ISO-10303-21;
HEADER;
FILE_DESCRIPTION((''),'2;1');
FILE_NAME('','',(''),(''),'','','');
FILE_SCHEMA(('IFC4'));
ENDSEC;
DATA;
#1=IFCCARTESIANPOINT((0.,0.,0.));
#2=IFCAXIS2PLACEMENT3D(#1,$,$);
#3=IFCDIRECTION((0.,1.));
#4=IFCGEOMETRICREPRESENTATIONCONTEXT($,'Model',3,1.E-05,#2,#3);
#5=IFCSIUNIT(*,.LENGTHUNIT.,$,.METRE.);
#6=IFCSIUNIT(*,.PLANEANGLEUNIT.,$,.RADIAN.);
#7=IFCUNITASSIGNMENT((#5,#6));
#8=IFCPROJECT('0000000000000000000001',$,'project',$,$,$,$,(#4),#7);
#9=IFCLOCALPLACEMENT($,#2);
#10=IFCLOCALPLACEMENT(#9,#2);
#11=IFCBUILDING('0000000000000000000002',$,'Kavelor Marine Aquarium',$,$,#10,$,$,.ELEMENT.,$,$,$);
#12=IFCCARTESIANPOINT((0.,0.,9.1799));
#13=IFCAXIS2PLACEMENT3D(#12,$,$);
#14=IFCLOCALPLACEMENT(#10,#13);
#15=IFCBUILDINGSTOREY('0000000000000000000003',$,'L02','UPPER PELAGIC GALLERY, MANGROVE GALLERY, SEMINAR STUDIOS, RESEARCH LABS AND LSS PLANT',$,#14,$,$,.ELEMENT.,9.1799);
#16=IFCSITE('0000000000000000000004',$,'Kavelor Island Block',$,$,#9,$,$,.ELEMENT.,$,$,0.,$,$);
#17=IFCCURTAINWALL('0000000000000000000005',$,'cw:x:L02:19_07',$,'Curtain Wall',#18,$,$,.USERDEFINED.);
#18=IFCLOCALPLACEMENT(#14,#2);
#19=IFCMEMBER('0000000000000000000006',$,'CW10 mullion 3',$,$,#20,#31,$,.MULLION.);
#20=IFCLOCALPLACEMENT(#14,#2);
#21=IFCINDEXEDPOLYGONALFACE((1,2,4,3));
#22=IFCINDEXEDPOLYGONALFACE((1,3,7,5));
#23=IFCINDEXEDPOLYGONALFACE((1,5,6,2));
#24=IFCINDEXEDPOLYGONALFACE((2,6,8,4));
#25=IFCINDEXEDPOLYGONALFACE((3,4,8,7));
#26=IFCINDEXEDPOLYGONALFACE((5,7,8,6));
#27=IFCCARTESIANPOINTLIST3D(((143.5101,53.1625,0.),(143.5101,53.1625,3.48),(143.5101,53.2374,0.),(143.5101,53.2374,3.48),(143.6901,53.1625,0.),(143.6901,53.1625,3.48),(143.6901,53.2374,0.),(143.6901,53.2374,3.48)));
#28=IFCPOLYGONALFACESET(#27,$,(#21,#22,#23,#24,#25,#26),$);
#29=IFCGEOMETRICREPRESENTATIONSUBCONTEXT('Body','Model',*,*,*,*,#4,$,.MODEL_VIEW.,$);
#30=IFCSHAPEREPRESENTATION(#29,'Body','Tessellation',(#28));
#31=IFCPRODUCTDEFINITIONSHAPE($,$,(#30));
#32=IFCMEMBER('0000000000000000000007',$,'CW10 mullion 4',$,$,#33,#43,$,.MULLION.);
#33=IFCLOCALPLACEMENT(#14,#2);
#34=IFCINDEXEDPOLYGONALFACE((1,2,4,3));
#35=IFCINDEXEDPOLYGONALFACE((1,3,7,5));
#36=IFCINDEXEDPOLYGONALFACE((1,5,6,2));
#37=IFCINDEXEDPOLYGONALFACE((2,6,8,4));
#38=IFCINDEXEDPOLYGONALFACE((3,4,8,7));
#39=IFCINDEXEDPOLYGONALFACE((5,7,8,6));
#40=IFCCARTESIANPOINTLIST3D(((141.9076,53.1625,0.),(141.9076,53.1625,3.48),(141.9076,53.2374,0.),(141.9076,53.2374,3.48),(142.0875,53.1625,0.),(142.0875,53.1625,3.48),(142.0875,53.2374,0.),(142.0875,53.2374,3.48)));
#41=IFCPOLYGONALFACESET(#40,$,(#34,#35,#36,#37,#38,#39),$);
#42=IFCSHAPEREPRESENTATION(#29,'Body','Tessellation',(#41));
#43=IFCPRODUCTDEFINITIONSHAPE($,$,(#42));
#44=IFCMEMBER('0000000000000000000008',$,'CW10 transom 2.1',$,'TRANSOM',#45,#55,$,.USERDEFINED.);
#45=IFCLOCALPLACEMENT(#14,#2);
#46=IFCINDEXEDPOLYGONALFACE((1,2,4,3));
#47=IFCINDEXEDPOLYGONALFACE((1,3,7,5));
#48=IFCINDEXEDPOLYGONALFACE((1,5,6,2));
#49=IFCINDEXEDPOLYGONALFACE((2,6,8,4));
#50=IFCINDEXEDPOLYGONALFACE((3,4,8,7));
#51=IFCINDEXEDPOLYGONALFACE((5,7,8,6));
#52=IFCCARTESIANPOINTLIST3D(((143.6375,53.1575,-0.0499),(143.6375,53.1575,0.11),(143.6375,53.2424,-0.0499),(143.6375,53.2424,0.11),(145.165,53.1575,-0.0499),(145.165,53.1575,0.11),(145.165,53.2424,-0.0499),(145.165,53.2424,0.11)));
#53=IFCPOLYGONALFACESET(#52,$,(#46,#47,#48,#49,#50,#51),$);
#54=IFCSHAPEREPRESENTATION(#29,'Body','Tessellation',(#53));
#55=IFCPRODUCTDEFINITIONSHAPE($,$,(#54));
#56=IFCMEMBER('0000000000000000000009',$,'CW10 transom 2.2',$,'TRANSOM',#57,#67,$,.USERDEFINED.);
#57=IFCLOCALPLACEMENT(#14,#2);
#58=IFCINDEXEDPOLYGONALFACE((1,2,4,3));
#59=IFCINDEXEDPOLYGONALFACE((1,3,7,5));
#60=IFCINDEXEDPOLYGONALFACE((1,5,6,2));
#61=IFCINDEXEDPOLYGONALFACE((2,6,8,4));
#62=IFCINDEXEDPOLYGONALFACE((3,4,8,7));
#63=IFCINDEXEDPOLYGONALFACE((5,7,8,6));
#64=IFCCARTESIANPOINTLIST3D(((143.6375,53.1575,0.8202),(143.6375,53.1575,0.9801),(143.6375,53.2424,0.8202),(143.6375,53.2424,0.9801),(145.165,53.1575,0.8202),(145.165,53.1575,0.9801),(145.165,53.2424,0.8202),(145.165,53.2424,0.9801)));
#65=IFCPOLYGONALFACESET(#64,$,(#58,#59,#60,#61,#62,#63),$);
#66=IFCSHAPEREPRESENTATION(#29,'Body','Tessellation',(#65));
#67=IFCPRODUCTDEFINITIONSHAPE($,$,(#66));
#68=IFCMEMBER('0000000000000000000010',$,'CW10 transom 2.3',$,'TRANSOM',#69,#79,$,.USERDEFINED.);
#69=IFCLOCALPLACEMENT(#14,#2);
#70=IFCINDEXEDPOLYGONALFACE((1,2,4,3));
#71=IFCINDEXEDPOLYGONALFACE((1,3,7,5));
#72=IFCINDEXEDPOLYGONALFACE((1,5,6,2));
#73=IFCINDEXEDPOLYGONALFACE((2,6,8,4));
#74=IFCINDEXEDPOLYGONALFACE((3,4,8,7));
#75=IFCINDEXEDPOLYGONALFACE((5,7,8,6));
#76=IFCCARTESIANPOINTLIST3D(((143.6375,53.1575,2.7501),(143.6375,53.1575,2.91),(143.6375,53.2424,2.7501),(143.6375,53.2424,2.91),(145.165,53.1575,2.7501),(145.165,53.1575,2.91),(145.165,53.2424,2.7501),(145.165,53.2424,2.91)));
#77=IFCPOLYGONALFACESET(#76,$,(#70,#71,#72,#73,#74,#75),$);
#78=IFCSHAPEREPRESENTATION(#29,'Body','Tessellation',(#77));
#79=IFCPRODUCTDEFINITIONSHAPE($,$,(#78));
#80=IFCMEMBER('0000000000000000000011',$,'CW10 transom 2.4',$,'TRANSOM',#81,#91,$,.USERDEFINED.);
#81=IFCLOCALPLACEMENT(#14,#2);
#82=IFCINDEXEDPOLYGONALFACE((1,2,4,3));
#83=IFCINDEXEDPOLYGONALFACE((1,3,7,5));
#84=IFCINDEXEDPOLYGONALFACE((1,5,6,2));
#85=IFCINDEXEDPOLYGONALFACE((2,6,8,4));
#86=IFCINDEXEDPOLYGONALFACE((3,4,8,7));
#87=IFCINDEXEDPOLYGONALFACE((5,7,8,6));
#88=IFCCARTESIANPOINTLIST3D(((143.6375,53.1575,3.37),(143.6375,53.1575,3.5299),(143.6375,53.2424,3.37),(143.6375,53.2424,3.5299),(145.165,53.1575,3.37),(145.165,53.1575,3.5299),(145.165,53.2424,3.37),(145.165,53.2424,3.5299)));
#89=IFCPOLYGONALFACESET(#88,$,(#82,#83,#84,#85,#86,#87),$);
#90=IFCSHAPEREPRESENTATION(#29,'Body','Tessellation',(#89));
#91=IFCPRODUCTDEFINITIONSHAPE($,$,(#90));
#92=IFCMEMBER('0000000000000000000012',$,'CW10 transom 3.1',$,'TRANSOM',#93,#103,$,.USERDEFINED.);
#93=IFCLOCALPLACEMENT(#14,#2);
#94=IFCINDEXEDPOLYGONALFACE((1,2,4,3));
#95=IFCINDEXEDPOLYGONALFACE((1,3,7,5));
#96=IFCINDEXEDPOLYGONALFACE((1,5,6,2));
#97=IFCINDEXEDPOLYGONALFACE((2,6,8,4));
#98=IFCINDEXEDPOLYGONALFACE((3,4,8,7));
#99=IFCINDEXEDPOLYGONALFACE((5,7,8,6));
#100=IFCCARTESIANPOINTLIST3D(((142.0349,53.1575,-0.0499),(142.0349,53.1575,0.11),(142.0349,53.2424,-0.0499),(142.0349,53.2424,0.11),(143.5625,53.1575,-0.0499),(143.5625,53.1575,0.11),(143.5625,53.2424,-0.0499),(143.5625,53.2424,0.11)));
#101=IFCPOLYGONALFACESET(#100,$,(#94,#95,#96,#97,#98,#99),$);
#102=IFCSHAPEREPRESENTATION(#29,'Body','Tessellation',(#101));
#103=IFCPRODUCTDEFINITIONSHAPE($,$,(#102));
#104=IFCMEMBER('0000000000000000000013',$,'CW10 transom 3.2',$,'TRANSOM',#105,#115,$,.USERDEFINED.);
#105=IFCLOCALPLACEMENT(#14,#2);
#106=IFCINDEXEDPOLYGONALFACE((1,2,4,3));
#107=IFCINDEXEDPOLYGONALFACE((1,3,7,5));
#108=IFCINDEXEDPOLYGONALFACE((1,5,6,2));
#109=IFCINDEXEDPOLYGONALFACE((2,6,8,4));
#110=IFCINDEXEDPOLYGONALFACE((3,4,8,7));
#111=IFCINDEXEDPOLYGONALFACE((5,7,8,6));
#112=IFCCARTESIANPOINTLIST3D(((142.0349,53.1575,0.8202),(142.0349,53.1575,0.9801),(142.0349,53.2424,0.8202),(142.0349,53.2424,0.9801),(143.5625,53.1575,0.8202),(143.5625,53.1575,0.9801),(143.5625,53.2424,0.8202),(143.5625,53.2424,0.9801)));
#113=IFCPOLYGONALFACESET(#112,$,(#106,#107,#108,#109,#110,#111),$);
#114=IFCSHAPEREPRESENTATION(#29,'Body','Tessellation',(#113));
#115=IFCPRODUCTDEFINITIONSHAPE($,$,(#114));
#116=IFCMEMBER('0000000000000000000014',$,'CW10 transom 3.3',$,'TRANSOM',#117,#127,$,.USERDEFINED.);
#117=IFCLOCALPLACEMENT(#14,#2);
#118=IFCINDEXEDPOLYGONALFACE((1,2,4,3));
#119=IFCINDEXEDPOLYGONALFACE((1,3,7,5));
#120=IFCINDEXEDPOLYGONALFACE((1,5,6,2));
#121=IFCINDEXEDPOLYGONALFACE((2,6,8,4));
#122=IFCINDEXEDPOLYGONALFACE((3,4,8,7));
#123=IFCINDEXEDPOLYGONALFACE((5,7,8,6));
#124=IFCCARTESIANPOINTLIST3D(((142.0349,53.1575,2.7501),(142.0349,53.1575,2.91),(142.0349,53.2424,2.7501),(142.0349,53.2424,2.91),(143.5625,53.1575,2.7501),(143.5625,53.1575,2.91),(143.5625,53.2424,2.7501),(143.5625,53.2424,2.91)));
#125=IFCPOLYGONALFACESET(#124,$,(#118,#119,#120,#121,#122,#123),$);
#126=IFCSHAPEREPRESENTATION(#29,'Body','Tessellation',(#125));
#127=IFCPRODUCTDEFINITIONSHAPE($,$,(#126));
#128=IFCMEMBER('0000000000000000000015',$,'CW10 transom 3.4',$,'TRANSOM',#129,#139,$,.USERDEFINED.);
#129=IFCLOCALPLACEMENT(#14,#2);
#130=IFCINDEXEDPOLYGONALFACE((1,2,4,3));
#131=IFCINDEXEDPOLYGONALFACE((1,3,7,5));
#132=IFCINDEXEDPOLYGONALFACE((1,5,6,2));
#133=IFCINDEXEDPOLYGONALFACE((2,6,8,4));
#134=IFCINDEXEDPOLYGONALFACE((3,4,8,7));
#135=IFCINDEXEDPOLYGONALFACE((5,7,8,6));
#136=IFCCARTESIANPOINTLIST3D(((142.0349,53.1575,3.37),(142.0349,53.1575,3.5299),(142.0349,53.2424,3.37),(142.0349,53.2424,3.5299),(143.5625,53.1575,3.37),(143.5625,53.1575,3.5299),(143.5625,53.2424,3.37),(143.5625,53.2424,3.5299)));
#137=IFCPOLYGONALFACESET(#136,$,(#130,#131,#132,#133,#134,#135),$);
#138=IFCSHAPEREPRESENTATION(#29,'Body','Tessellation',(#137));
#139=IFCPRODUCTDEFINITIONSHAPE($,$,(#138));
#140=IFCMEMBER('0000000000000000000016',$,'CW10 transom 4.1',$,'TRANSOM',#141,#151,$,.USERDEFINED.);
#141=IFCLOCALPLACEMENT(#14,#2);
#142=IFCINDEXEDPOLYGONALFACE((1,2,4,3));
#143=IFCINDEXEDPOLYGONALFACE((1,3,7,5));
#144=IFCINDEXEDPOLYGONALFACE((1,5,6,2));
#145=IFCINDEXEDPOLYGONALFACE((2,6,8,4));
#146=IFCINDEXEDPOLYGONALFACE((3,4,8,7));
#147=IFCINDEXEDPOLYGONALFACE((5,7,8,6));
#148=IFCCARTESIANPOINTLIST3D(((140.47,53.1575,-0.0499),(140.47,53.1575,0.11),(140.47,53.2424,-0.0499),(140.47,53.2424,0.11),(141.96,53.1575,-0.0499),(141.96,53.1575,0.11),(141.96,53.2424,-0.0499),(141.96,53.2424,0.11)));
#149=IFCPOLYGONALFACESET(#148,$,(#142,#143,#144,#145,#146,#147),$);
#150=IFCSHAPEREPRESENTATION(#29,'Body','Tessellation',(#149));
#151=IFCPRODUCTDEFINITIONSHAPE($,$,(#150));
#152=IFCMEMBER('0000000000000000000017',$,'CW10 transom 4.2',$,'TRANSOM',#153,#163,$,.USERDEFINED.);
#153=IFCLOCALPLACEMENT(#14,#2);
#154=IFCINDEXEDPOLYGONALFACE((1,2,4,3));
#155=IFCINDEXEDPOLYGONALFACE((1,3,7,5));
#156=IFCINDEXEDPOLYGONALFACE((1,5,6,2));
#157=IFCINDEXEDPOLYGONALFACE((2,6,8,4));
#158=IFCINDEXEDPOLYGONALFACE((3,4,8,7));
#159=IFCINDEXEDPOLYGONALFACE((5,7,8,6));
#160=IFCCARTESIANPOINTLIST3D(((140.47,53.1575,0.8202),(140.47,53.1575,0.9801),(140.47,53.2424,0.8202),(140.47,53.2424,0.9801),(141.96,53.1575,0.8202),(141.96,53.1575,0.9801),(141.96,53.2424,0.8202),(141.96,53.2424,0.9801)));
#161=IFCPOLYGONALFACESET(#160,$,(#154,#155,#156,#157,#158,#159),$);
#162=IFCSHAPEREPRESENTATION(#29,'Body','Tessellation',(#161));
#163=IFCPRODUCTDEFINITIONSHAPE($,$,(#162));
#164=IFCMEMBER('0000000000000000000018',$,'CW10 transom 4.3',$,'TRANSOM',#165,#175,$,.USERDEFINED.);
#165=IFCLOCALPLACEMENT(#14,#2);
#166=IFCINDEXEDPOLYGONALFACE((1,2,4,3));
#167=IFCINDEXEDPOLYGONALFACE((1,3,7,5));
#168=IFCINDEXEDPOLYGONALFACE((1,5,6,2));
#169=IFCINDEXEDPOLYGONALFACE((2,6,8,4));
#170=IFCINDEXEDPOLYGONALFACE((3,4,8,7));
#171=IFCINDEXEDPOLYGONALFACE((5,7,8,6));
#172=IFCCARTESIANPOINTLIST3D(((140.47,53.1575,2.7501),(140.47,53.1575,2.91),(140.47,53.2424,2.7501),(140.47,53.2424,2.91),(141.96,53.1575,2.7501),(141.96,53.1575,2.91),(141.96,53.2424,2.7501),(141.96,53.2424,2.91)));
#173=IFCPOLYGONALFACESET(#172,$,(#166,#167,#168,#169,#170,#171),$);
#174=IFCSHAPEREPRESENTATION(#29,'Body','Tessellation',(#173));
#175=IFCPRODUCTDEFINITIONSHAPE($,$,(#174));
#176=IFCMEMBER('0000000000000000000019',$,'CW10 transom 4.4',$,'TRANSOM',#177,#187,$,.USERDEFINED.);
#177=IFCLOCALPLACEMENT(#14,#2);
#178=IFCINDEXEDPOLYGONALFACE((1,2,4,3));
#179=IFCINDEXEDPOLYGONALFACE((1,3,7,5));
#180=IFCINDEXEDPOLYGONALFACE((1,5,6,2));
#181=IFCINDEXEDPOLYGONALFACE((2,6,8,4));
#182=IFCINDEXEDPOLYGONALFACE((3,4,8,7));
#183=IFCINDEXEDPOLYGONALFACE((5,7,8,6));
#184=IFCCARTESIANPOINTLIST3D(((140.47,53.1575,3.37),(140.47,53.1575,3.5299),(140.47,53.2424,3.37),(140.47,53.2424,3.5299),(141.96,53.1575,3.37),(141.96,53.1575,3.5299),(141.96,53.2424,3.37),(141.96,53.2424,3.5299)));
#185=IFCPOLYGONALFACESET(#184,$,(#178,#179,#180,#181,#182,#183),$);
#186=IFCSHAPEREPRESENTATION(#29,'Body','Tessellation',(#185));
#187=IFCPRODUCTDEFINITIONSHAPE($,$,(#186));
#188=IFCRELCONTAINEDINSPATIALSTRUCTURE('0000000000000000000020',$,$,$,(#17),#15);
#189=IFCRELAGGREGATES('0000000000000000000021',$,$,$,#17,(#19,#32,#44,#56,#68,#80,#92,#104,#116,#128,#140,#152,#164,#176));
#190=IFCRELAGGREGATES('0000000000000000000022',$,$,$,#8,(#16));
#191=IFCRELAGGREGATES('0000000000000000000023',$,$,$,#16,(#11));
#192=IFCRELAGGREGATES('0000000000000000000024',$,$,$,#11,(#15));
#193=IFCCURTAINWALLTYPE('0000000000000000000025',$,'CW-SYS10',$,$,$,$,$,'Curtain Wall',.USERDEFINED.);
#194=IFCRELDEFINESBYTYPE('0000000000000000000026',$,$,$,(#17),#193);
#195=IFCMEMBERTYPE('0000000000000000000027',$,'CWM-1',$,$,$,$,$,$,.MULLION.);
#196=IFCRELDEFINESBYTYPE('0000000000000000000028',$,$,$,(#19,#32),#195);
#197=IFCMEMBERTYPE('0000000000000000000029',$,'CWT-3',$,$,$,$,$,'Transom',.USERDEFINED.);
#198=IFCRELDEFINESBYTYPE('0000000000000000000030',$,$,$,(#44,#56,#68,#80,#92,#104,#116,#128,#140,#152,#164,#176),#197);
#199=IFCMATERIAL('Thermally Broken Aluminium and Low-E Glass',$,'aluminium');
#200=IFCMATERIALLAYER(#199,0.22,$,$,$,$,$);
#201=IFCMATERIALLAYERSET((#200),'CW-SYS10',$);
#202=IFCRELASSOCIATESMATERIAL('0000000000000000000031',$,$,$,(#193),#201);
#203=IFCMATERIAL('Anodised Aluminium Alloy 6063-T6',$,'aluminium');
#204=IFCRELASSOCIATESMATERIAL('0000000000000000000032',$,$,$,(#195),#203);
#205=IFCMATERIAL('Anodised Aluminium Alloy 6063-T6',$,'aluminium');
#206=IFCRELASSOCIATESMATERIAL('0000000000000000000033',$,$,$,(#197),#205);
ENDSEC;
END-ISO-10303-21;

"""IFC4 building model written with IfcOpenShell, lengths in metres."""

from ifc_helpers import new_model, si_unit, direction, frame, origin, origin_2d, place, context, subcontext, project, spatial, rectangle, extrude, material, layer, layer_set, material_profile, profile_set, type_object, element, aggregate, save


model = new_model("IFC4")

# Units and contexts
model_context = context("Model", 3, precision=1e-05, world=origin(), true_north=direction((0.0, 1.0)))
body_context = subcontext(model_context, "Body", "Model", "MODEL_VIEW")
ifc_project = project(units=[si_unit("LENGTHUNIT", "METRE"), si_unit("PLANEANGLEUNIT", "RADIAN")], contexts=[model_context])

# Site, building, storey
site_placement = place(None, origin())
site = spatial("IfcSite", under=ifc_project, at=site_placement, Name="Kavelor Island Block", CompositionType="ELEMENT", RefElevation=0.0)
building_placement = place(site_placement, origin())
building = spatial("IfcBuilding", under=site, at=building_placement, Name="Kavelor Marine Aquarium", CompositionType="ELEMENT")
storey_placement = place(building_placement, frame((0.0, 0.0, 9.1799)))
storey = spatial("IfcBuildingStorey", under=building, at=storey_placement, Name="L02", Description="UPPER PELAGIC GALLERY, MANGROVE GALLERY, SEMINAR STUDIOS, RESEARCH LABS AND LSS PLANT", CompositionType="ELEMENT", Elevation=9.1799)

# Curtain wall, members
ifc_material_1 = material(Name="Thermally Broken Aluminium and Low-E Glass", Category="aluminium")
ifc_layer_1 = layer(ifc_material_1, 0.22)
ifc_layer_set_1 = layer_set([ifc_layer_1], Name="CW-SYS10")
curtain_wall_type = type_object("IfcCurtainWallType", Name="CW-SYS10", ElementType="Curtain Wall", PredefinedType="USERDEFINED", material=ifc_layer_set_1)
curtain_wall_placement = place(storey_placement, origin())
curtain_wall = element("IfcCurtainWall", 1, at=curtain_wall_placement, inside=storey, type_object=curtain_wall_type, Name="cw:x:L02:19_07", ObjectType="Curtain Wall", PredefinedType="USERDEFINED")
ifc_material_2 = material(Name="Anodised Aluminium Alloy 6063-T6", Category="aluminium")
ifc_material_profile_1 = material_profile(ifc_material_2, rectangle(XDim=0.075, YDim=0.1799, at=origin_2d()), Name="CW-MUL 75x180")
ifc_profile_set_1 = profile_set([ifc_material_profile_1], Name="Anodised Aluminium Alloy 6063-T6")
member_type_1 = type_object("IfcMemberType", Name="CWM-1", PredefinedType="MULLION", material=ifc_profile_set_1)
member_1_placement = place(storey_placement, frame((143.6001, 53.2, 0.0), z_axis=(0.0, 0.0, 1.0), x_axis=(0.0, -1.0, 0.0)))
member_1 = element("IfcMember", 2, at=member_1_placement, type_object=member_type_1, Name="CW10 mullion 3", PredefinedType="MULLION", context=body_context, shape_type="SweptSolid", body=[
    extrude(rectangle(XDim=0.075, YDim=0.1799, at=origin_2d()), origin(), (0.0, 0.0, 1.0), 3.48),
])
member_2_placement = place(storey_placement, frame((141.9976, 53.2, 0.0), z_axis=(0.0, 0.0, 1.0), x_axis=(0.0, -1.0, 0.0)))
member_2 = element("IfcMember", 3, at=member_2_placement, type_object=member_type_1, Name="CW10 mullion 4", PredefinedType="MULLION", context=body_context, shape_type="SweptSolid", body=[
    extrude(rectangle(XDim=0.075, YDim=0.1799, at=origin_2d()), origin(), (0.0, 0.0, 1.0), 3.48),
])
ifc_material_3 = material(Name="Anodised Aluminium Alloy 6063-T6", Category="aluminium")
ifc_material_profile_2 = material_profile(ifc_material_3, rectangle(XDim=0.085, YDim=0.1599, at=origin_2d()), Name="CW-TRN 85x160")
ifc_profile_set_2 = profile_set([ifc_material_profile_2], Name="Anodised Aluminium Alloy 6063-T6")
member_type_2 = type_object("IfcMemberType", Name="CWT-3", ElementType="Transom", PredefinedType="USERDEFINED", material=ifc_profile_set_2)
member_3_placement = place(storey_placement, frame((145.165, 53.2, 0.03), z_axis=(-1.0, 0.0, 0.0), x_axis=(0.0, -1.0, 0.0)))
member_3 = element("IfcMember", 4, at=member_3_placement, type_object=member_type_2, Name="CW10 transom 2.1", ObjectType="TRANSOM", PredefinedType="USERDEFINED", context=body_context, shape_type="SweptSolid", body=[
    extrude(rectangle(XDim=0.085, YDim=0.1599, at=origin_2d()), origin(), (0.0, 0.0, 1.0), 1.5276),
])
member_4_placement = place(storey_placement, frame((145.165, 53.2, 0.9001), z_axis=(-1.0, 0.0, 0.0), x_axis=(0.0, -1.0, 0.0)))
member_4 = element("IfcMember", 5, at=member_4_placement, type_object=member_type_2, Name="CW10 transom 2.2", ObjectType="TRANSOM", PredefinedType="USERDEFINED", context=body_context, shape_type="SweptSolid", body=[
    extrude(rectangle(XDim=0.085, YDim=0.1599, at=origin_2d()), origin(), (0.0, 0.0, 1.0), 1.5276),
])
member_5_placement = place(storey_placement, frame((145.165, 53.2, 2.8301), z_axis=(-1.0, 0.0, 0.0), x_axis=(0.0, -1.0, 0.0)))
member_5 = element("IfcMember", 6, at=member_5_placement, type_object=member_type_2, Name="CW10 transom 2.3", ObjectType="TRANSOM", PredefinedType="USERDEFINED", context=body_context, shape_type="SweptSolid", body=[
    extrude(rectangle(XDim=0.085, YDim=0.1599, at=origin_2d()), origin(), (0.0, 0.0, 1.0), 1.5276),
])
member_6_placement = place(storey_placement, frame((145.165, 53.2, 3.45), z_axis=(-1.0, 0.0, 0.0), x_axis=(0.0, -1.0, 0.0)))
member_6 = element("IfcMember", 7, at=member_6_placement, type_object=member_type_2, Name="CW10 transom 2.4", ObjectType="TRANSOM", PredefinedType="USERDEFINED", context=body_context, shape_type="SweptSolid", body=[
    extrude(rectangle(XDim=0.085, YDim=0.1599, at=origin_2d()), origin(), (0.0, 0.0, 1.0), 1.5276),
])
member_7_placement = place(storey_placement, frame((143.5625, 53.2, 0.03), z_axis=(-1.0, 0.0, 0.0), x_axis=(0.0, -1.0, 0.0)))
member_7 = element("IfcMember", 8, at=member_7_placement, type_object=member_type_2, Name="CW10 transom 3.1", ObjectType="TRANSOM", PredefinedType="USERDEFINED", context=body_context, shape_type="SweptSolid", body=[
    extrude(rectangle(XDim=0.085, YDim=0.1599, at=origin_2d()), origin(), (0.0, 0.0, 1.0), 1.5276),
])
member_8_placement = place(storey_placement, frame((143.5625, 53.2, 0.9001), z_axis=(-1.0, 0.0, 0.0), x_axis=(0.0, -1.0, 0.0)))
member_8 = element("IfcMember", 9, at=member_8_placement, type_object=member_type_2, Name="CW10 transom 3.2", ObjectType="TRANSOM", PredefinedType="USERDEFINED", context=body_context, shape_type="SweptSolid", body=[
    extrude(rectangle(XDim=0.085, YDim=0.1599, at=origin_2d()), origin(), (0.0, 0.0, 1.0), 1.5276),
])
member_9_placement = place(storey_placement, frame((143.5625, 53.2, 2.8301), z_axis=(-1.0, 0.0, 0.0), x_axis=(0.0, -1.0, 0.0)))
member_9 = element("IfcMember", 10, at=member_9_placement, type_object=member_type_2, Name="CW10 transom 3.3", ObjectType="TRANSOM", PredefinedType="USERDEFINED", context=body_context, shape_type="SweptSolid", body=[
    extrude(rectangle(XDim=0.085, YDim=0.1599, at=origin_2d()), origin(), (0.0, 0.0, 1.0), 1.5276),
])
member_10_placement = place(storey_placement, frame((143.5625, 53.2, 3.45), z_axis=(-1.0, 0.0, 0.0), x_axis=(0.0, -1.0, 0.0)))
member_10 = element("IfcMember", 11, at=member_10_placement, type_object=member_type_2, Name="CW10 transom 3.4", ObjectType="TRANSOM", PredefinedType="USERDEFINED", context=body_context, shape_type="SweptSolid", body=[
    extrude(rectangle(XDim=0.085, YDim=0.1599, at=origin_2d()), origin(), (0.0, 0.0, 1.0), 1.5276),
])
member_11_placement = place(storey_placement, frame((141.96, 53.2, 0.03), z_axis=(-1.0, 0.0, 0.0), x_axis=(0.0, -1.0, 0.0)))
member_11 = element("IfcMember", 12, at=member_11_placement, type_object=member_type_2, Name="CW10 transom 4.1", ObjectType="TRANSOM", PredefinedType="USERDEFINED", context=body_context, shape_type="SweptSolid", body=[
    extrude(rectangle(XDim=0.085, YDim=0.1599, at=origin_2d()), origin(), (0.0, 0.0, 1.0), 1.49),
])
member_12_placement = place(storey_placement, frame((141.96, 53.2, 0.9001), z_axis=(-1.0, 0.0, 0.0), x_axis=(0.0, -1.0, 0.0)))
member_12 = element("IfcMember", 13, at=member_12_placement, type_object=member_type_2, Name="CW10 transom 4.2", ObjectType="TRANSOM", PredefinedType="USERDEFINED", context=body_context, shape_type="SweptSolid", body=[
    extrude(rectangle(XDim=0.085, YDim=0.1599, at=origin_2d()), origin(), (0.0, 0.0, 1.0), 1.49),
])
member_13_placement = place(storey_placement, frame((141.96, 53.2, 2.8301), z_axis=(-1.0, 0.0, 0.0), x_axis=(0.0, -1.0, 0.0)))
member_13 = element("IfcMember", 14, at=member_13_placement, type_object=member_type_2, Name="CW10 transom 4.3", ObjectType="TRANSOM", PredefinedType="USERDEFINED", context=body_context, shape_type="SweptSolid", body=[
    extrude(rectangle(XDim=0.085, YDim=0.1599, at=origin_2d()), origin(), (0.0, 0.0, 1.0), 1.49),
])
member_14_placement = place(storey_placement, frame((141.96, 53.2, 3.45), z_axis=(-1.0, 0.0, 0.0), x_axis=(0.0, -1.0, 0.0)))
member_14 = element("IfcMember", 15, at=member_14_placement, type_object=member_type_2, Name="CW10 transom 4.4", ObjectType="TRANSOM", PredefinedType="USERDEFINED", context=body_context, shape_type="SweptSolid", body=[
    extrude(rectangle(XDim=0.085, YDim=0.1599, at=origin_2d()), origin(), (0.0, 0.0, 1.0), 1.49),
])
aggregate(curtain_wall, [member_1, member_2, member_3, member_4, member_5, member_6, member_7, member_8, member_9, member_10, member_11, member_12, member_13, member_14])

save(model, "model.ifc")
